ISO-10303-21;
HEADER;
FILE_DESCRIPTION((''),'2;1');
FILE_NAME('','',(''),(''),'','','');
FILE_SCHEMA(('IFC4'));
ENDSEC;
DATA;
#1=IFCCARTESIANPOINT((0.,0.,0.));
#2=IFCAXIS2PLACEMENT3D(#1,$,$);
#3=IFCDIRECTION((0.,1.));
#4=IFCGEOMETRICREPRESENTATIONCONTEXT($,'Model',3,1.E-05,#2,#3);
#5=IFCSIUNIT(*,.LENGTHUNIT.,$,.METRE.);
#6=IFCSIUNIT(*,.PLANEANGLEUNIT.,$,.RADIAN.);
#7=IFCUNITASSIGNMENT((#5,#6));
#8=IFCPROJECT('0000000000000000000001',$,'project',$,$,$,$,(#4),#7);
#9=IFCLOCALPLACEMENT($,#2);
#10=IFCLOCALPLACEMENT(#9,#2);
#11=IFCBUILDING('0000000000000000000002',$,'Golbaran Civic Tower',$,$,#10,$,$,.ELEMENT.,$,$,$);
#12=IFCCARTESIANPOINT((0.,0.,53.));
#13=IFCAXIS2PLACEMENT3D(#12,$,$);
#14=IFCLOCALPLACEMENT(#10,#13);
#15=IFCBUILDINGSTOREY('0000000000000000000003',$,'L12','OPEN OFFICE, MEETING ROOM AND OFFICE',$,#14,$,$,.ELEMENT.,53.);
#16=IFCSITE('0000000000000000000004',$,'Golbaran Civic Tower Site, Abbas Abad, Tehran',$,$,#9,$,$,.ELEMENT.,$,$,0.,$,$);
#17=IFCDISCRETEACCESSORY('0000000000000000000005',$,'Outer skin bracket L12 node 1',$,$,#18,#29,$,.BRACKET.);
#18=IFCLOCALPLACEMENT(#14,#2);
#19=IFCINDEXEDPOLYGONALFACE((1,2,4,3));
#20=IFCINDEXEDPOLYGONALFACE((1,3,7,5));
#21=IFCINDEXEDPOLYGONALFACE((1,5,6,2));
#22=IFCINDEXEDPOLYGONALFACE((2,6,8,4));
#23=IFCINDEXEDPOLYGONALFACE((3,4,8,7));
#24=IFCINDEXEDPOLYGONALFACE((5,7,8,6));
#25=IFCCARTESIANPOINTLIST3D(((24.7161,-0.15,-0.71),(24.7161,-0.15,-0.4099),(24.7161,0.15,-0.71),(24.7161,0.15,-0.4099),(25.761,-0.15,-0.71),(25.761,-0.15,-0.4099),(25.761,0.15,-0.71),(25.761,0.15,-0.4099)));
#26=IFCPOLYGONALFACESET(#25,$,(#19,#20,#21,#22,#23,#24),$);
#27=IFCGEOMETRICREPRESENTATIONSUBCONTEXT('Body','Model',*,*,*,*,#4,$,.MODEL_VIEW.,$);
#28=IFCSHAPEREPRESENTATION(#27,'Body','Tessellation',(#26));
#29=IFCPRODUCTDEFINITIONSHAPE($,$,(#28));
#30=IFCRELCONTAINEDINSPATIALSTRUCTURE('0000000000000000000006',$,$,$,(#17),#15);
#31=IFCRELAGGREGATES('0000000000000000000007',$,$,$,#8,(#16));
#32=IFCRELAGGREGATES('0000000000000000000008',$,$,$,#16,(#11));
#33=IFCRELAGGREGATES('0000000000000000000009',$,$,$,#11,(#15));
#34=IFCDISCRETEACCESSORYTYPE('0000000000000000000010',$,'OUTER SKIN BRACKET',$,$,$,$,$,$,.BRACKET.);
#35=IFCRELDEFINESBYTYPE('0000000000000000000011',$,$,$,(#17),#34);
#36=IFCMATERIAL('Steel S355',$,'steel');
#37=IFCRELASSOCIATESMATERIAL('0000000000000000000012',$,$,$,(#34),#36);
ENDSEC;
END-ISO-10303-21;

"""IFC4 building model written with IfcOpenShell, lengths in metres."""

from ifc_helpers import new_model, si_unit, direction, frame, origin, origin_2d, place, context, subcontext, project, spatial, rectangle, extrude, material, type_object, element, save


model = new_model("IFC4")

# Units and contexts
model_context = context("Model", 3, precision=1e-05, world=origin(), true_north=direction((0.0, 1.0)))
body_context = subcontext(model_context, "Body", "Model", "MODEL_VIEW")
ifc_project = project(units=[si_unit("LENGTHUNIT", "METRE"), si_unit("PLANEANGLEUNIT", "RADIAN")], contexts=[model_context])

# Site, building, storey
site_placement = place(None, origin())
site = spatial("IfcSite", under=ifc_project, at=site_placement, Name="Golbaran Civic Tower Site, Abbas Abad, Tehran", CompositionType="ELEMENT", RefElevation=0.0)
building_placement = place(site_placement, origin())
building = spatial("IfcBuilding", under=site, at=building_placement, Name="Golbaran Civic Tower", CompositionType="ELEMENT")
storey_placement = place(building_placement, frame((0.0, 0.0, 53.0)))
storey = spatial("IfcBuildingStorey", under=building, at=storey_placement, Name="L12", Description="OPEN OFFICE, MEETING ROOM AND OFFICE", CompositionType="ELEMENT", Elevation=53.0)

# Shared definitions
ifc_material_1 = material(Name="Steel S355", Category="steel")

# Discrete accessory
discrete_accessory_type = type_object("IfcDiscreteAccessoryType", Name="OUTER SKIN BRACKET", PredefinedType="BRACKET", material=ifc_material_1)
discrete_accessory_placement = place(storey_placement, frame((25.2385, 0.0, -0.71), z_axis=(0.0, 0.0, 1.0), x_axis=(1.0, 0.0, 0.0)))
element("IfcDiscreteAccessory", 1, at=discrete_accessory_placement, inside=storey, type_object=discrete_accessory_type, Name="Outer skin bracket L12 node 1", PredefinedType="BRACKET", context=body_context, shape_type="SweptSolid", body=[
    extrude(rectangle(XDim=1.0449, YDim=0.3, at=origin_2d()), origin(), (0.0, 0.0, 1.0), 0.3),
])

save(model, "model.ifc")
